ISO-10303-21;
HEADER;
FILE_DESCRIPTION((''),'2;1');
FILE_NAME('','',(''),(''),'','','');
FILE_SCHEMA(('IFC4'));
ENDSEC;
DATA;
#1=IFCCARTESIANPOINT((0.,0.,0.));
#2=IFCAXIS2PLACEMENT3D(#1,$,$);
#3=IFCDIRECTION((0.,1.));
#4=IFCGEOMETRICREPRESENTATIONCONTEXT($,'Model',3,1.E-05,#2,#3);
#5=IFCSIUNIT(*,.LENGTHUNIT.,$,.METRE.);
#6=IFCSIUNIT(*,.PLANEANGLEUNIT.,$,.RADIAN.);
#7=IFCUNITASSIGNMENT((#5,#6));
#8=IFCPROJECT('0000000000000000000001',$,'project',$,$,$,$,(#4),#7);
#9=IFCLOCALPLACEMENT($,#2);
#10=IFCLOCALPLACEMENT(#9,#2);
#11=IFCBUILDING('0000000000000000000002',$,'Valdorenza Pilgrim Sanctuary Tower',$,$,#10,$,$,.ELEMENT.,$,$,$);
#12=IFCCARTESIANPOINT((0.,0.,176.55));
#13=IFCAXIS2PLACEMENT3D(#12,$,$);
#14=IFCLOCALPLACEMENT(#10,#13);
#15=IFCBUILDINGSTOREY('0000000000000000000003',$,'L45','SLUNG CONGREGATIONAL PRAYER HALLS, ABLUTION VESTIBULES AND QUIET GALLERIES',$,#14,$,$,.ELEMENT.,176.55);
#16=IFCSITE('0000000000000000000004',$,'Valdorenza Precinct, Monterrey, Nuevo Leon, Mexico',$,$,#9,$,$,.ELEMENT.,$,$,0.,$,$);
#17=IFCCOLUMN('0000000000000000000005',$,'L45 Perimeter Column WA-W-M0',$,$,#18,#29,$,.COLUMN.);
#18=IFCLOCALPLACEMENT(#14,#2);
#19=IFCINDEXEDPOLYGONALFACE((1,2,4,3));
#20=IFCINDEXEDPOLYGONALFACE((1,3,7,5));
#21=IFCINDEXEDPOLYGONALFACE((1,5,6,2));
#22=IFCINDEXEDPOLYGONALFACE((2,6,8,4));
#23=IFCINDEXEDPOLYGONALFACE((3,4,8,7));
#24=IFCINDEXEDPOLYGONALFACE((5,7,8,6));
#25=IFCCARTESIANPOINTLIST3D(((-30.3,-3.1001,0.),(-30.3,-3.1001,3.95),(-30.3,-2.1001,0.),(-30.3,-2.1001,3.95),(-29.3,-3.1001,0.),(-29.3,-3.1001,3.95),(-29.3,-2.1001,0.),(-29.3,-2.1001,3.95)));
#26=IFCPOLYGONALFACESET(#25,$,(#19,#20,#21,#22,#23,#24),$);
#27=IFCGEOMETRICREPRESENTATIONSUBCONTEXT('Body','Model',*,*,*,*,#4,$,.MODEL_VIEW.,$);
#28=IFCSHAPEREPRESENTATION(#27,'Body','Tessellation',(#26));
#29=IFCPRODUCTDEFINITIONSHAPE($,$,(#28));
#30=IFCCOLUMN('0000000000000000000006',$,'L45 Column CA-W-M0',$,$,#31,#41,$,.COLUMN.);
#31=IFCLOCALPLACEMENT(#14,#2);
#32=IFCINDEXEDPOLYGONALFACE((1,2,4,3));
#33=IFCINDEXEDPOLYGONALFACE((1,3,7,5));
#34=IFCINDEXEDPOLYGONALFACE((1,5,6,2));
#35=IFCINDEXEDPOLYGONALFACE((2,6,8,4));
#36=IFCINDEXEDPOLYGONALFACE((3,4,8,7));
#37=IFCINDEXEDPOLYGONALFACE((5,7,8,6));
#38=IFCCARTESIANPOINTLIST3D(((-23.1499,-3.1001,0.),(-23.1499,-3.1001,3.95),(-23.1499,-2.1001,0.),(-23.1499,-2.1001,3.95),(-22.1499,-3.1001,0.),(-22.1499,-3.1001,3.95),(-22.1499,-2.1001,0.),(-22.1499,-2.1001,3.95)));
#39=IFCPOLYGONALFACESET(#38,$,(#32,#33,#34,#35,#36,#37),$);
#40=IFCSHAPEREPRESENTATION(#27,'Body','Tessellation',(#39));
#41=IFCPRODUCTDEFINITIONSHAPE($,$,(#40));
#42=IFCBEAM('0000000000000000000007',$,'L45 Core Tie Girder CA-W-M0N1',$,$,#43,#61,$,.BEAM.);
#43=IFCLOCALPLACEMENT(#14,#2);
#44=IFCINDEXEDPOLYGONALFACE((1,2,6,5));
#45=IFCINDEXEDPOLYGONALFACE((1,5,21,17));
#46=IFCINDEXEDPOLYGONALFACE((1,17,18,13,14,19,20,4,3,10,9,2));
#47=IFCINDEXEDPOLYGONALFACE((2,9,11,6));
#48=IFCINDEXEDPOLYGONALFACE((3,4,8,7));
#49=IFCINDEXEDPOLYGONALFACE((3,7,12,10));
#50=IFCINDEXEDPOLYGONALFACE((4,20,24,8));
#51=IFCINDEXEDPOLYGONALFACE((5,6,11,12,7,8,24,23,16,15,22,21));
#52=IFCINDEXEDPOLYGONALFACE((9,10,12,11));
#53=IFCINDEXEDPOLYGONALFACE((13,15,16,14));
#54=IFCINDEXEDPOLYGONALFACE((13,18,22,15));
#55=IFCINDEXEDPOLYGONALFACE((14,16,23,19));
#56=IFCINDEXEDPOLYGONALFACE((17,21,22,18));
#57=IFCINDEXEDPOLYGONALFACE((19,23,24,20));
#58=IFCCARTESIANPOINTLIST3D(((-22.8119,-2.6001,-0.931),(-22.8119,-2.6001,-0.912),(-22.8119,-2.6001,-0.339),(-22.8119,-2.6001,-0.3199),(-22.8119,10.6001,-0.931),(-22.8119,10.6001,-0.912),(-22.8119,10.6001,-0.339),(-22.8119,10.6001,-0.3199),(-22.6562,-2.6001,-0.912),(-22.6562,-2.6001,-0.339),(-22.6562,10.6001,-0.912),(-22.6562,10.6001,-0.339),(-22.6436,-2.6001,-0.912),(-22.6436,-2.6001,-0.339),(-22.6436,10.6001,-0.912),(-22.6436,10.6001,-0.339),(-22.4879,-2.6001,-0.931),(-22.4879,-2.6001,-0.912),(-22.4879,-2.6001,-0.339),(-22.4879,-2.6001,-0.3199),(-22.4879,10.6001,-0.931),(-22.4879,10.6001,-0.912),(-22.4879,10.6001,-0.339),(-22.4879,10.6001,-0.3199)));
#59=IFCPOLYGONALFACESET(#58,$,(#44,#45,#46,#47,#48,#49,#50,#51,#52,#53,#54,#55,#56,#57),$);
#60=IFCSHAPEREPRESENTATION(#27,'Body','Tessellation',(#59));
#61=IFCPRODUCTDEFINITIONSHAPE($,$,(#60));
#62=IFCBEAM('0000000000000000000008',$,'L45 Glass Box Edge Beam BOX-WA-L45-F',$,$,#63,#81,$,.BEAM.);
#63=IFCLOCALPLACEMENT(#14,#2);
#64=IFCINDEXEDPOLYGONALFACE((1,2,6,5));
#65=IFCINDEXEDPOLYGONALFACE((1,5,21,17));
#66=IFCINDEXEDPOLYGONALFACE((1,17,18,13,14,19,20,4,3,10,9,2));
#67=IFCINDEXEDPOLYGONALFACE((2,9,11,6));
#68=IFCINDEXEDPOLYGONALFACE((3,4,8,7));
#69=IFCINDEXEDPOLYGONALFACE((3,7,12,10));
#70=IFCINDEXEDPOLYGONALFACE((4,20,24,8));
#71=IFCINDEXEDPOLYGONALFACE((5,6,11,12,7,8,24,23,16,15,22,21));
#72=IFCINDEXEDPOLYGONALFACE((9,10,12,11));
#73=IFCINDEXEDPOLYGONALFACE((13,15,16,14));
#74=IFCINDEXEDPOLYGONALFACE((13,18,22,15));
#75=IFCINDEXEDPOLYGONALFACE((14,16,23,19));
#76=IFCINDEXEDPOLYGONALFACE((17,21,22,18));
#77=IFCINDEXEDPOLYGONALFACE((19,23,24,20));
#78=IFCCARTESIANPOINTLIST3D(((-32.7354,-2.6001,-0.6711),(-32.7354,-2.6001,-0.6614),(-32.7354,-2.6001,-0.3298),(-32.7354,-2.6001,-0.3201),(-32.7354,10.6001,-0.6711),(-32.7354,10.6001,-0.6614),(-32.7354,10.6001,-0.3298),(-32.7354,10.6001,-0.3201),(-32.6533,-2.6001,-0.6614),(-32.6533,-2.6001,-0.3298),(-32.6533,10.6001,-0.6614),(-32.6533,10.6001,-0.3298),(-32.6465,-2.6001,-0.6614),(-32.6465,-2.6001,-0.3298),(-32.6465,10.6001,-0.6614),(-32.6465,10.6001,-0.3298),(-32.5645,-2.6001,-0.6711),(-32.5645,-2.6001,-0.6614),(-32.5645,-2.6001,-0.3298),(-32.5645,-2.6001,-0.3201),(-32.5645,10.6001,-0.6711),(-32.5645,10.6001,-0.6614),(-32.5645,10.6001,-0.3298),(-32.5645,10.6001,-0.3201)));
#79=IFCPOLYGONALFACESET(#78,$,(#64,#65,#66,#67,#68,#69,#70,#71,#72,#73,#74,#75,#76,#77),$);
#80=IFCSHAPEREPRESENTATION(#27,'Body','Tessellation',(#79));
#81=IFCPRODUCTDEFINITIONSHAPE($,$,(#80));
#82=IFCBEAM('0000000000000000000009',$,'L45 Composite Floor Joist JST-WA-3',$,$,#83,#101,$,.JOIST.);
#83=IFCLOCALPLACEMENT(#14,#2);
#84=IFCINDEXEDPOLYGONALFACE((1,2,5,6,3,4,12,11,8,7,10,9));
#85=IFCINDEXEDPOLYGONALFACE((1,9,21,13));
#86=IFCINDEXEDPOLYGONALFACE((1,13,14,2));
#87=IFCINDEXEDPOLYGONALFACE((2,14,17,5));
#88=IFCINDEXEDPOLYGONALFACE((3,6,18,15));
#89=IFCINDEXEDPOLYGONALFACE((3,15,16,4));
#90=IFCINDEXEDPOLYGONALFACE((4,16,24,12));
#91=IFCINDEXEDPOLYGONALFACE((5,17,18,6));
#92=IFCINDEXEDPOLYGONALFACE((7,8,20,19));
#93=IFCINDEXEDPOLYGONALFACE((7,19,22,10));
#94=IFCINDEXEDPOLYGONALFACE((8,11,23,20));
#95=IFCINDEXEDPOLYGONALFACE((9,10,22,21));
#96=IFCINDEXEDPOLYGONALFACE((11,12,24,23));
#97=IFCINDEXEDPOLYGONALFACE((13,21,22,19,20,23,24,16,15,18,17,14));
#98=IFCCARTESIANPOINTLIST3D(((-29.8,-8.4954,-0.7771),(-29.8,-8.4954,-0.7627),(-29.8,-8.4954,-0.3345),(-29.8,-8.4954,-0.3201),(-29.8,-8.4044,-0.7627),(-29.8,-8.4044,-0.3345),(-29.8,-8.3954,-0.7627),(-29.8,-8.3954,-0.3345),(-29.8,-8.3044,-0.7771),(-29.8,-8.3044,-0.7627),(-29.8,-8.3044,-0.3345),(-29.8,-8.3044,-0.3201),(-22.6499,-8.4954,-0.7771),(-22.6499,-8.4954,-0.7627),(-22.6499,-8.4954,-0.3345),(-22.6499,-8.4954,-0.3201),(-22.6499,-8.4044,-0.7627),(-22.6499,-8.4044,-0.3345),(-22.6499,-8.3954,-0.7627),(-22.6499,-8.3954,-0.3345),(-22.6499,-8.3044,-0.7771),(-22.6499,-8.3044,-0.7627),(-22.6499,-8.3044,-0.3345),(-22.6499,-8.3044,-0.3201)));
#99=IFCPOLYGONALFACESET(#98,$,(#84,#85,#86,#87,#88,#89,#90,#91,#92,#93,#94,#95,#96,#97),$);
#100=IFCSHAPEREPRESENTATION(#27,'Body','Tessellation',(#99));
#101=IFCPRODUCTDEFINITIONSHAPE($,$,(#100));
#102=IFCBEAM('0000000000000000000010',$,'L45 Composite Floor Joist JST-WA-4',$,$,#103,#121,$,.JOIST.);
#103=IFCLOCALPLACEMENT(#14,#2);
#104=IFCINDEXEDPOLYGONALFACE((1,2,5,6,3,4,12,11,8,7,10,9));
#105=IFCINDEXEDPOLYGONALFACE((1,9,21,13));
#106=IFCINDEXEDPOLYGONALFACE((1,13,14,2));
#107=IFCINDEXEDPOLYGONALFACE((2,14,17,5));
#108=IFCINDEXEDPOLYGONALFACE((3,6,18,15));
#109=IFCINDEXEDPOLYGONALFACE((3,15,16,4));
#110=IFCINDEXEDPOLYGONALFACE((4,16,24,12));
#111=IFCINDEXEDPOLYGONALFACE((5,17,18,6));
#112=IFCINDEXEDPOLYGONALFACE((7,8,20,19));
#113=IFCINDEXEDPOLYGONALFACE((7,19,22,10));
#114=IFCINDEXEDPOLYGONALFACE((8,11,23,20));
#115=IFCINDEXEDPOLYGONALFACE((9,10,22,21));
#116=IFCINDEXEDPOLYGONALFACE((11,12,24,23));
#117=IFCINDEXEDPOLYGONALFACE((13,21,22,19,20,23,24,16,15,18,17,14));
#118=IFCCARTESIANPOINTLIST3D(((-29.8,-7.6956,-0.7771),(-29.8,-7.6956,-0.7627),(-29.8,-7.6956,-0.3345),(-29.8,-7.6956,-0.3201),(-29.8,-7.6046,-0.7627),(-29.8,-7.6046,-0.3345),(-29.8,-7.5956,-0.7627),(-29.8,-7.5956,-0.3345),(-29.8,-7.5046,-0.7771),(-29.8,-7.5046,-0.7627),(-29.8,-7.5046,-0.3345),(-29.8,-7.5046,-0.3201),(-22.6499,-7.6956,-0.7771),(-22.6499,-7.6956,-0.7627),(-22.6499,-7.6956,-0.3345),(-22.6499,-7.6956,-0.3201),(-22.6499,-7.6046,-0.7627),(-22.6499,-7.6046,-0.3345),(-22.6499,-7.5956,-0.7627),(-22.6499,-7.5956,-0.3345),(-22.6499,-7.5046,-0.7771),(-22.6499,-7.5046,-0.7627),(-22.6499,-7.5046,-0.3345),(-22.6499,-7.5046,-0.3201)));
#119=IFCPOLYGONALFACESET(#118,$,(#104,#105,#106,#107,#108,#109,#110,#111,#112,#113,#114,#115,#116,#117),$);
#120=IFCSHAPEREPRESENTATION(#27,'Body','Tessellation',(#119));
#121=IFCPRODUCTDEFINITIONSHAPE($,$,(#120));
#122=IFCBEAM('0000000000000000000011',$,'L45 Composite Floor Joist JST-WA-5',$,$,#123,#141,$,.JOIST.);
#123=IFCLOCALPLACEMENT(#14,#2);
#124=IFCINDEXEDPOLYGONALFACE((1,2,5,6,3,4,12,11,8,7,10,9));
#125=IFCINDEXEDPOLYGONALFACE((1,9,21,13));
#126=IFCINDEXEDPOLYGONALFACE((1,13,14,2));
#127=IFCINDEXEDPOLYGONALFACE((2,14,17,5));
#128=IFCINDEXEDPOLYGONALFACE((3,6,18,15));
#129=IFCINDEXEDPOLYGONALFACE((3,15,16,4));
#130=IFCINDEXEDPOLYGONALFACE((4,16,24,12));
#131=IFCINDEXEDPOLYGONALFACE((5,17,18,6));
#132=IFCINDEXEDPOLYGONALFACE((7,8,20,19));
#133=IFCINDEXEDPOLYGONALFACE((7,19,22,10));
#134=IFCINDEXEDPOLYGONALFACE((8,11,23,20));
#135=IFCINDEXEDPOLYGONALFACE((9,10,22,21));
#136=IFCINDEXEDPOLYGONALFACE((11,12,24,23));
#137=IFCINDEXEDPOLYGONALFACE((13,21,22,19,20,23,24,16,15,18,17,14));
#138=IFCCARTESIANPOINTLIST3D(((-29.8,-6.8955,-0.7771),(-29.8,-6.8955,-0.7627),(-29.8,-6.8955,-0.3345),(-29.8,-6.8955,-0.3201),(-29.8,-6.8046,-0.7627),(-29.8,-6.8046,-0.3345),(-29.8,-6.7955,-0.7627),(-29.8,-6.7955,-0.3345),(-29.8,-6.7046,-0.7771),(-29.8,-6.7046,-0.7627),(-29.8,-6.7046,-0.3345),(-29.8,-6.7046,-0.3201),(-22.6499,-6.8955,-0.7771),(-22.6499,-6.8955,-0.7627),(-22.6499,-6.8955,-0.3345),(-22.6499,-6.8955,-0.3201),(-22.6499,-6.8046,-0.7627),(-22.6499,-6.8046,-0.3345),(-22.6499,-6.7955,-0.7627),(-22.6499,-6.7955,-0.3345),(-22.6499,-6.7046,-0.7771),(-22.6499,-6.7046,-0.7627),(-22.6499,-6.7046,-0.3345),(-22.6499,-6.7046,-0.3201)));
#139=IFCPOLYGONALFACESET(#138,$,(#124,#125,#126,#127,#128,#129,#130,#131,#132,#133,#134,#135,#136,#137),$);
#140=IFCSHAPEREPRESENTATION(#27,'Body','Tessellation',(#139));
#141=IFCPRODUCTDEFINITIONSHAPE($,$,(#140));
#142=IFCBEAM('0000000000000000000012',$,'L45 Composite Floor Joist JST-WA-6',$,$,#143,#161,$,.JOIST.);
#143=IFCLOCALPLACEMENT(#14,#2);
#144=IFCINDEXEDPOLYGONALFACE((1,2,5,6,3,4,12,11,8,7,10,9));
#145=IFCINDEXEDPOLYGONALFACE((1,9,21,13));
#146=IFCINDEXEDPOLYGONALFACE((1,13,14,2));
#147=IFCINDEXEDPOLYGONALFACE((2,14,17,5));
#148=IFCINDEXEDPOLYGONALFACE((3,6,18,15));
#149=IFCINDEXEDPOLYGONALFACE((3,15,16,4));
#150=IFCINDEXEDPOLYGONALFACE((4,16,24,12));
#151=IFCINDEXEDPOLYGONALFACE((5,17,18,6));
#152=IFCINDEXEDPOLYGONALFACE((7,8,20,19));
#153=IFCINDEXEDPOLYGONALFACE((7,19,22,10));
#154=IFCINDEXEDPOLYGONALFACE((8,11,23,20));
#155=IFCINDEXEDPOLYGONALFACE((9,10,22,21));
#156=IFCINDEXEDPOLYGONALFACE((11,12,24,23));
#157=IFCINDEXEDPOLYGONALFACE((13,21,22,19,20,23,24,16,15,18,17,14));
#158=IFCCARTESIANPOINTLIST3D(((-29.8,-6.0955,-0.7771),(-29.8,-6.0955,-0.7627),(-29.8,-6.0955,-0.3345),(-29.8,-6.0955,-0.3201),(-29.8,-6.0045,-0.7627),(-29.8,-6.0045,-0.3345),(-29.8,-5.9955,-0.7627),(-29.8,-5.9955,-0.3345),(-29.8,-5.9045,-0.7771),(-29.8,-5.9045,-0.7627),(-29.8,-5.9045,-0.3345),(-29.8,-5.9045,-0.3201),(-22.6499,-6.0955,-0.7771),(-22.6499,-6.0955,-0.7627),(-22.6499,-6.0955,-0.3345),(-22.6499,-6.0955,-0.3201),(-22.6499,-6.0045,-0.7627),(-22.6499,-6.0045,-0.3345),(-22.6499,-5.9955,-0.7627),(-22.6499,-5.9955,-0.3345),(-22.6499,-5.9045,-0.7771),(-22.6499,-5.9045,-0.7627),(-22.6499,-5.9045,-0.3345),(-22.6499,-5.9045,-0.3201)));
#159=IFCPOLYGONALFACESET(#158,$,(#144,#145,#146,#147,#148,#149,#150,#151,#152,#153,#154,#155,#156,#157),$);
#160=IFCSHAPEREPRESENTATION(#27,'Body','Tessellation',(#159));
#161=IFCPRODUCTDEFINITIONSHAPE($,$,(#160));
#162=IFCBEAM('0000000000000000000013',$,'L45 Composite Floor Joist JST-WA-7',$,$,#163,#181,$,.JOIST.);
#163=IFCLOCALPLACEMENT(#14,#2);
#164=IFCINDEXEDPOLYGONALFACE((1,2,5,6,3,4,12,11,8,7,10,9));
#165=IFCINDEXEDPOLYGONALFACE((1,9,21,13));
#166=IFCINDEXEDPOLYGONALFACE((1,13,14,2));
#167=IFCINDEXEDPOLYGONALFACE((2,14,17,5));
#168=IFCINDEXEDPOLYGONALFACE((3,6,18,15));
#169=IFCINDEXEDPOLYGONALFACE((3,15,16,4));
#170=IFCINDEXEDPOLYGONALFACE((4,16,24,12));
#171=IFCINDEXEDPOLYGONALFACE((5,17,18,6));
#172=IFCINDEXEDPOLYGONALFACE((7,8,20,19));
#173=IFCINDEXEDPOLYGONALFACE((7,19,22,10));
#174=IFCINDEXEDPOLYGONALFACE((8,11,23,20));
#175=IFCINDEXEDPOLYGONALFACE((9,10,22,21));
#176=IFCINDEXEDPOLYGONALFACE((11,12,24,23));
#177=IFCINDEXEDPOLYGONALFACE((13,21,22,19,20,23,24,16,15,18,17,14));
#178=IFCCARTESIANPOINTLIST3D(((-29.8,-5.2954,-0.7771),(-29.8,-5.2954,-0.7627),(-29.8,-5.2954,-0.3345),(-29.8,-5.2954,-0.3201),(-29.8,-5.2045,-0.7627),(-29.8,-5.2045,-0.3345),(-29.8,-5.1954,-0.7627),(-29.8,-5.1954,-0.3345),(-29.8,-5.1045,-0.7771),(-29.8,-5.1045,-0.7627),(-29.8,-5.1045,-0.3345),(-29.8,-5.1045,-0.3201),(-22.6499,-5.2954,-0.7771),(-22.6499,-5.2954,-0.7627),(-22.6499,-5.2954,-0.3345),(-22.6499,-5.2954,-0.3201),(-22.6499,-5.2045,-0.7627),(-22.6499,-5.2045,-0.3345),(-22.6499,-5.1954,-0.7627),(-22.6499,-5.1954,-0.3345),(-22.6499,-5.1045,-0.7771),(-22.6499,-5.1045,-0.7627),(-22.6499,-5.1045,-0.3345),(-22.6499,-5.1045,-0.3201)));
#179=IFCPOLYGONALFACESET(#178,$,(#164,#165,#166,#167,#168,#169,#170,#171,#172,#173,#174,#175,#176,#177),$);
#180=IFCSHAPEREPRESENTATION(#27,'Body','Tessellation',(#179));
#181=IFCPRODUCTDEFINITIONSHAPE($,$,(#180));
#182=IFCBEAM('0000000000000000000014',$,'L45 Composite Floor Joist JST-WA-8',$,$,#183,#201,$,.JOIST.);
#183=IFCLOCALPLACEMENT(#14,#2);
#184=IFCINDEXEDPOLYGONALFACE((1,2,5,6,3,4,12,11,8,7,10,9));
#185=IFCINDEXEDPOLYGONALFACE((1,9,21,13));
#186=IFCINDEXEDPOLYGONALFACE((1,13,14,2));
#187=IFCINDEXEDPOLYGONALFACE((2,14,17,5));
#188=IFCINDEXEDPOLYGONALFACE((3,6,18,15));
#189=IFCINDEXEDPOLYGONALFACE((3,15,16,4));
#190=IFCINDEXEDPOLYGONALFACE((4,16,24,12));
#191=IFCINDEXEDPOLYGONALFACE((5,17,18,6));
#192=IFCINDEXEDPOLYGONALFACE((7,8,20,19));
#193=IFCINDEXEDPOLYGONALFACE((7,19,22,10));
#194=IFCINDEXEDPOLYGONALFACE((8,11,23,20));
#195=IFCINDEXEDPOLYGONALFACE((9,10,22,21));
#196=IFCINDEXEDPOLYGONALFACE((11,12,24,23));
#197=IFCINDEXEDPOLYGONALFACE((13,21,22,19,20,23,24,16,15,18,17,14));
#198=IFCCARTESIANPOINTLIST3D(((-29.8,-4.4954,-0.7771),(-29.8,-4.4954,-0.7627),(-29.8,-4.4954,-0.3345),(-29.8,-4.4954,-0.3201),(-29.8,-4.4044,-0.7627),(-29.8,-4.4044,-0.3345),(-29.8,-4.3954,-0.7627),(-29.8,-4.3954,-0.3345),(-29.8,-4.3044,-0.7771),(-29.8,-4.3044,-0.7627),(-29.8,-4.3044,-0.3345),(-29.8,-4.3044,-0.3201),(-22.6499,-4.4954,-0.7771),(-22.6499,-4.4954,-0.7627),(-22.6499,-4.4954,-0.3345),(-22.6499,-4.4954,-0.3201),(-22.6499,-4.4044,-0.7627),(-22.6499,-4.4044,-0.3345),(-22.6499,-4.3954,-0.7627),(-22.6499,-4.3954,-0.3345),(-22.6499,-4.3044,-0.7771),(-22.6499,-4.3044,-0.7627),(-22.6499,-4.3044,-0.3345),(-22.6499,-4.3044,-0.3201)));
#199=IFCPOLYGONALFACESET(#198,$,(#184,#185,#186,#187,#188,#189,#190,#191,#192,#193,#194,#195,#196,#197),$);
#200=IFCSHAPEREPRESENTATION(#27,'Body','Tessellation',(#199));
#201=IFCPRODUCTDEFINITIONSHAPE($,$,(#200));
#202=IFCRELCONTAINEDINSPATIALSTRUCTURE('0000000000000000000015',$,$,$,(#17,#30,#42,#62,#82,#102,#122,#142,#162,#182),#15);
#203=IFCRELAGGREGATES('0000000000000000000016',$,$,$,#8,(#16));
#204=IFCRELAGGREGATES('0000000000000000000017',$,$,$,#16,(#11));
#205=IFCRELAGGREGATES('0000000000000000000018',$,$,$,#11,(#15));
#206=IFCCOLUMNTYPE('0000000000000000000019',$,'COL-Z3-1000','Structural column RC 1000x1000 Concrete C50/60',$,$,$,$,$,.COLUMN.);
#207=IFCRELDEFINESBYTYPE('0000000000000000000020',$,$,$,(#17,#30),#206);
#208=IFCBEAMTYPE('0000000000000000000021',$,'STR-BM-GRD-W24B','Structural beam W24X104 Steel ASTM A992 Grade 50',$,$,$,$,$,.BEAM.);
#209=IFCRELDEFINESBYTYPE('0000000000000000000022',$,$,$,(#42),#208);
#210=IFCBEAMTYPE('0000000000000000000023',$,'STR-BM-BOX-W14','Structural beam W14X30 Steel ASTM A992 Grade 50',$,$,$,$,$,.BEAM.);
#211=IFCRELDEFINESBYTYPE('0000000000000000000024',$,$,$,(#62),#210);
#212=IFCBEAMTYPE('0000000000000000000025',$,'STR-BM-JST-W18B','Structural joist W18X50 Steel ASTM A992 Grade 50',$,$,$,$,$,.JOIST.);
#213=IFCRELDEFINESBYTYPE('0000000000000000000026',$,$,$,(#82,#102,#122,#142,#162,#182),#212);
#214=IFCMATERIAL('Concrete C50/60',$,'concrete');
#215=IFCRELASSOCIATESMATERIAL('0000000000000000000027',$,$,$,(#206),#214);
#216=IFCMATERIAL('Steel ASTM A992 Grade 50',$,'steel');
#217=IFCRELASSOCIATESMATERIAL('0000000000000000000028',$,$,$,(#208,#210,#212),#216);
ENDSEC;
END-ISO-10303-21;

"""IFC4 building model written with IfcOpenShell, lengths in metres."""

from ifc_helpers import new_model, si_unit, direction, frame, origin, origin_2d, place, context, subcontext, project, spatial, rectangle, i_section, extrude, source, transform, mapped, material, material_profile, profile_set, type_object, element, save


model = new_model("IFC4")

# Units and contexts
model_context = context("Model", 3, precision=1e-05, world=origin(), true_north=direction((0.0, 1.0)))
body_context = subcontext(model_context, "Body", "Model", "MODEL_VIEW")
ifc_project = project(units=[si_unit("LENGTHUNIT", "METRE"), si_unit("PLANEANGLEUNIT", "RADIAN")], contexts=[model_context])

# Site, building, storey
site_placement = place(None, origin())
site = spatial("IfcSite", under=ifc_project, at=site_placement, Name="Valdorenza Precinct, Monterrey, Nuevo Leon, Mexico", CompositionType="ELEMENT", RefElevation=0.0)
building_placement = place(site_placement, origin())
building = spatial("IfcBuilding", under=site, at=building_placement, Name="Valdorenza Pilgrim Sanctuary Tower", CompositionType="ELEMENT")
storey_placement = place(building_placement, frame((0.0, 0.0, 176.55)))
storey = spatial("IfcBuildingStorey", under=building, at=storey_placement, Name="L45", Description="SLUNG CONGREGATIONAL PRAYER HALLS, ABLUTION VESTIBULES AND QUIET GALLERIES", CompositionType="ELEMENT", Elevation=176.55)

# Columns
ifc_material_1 = material(Name="Concrete C50/60", Category="concrete")
ifc_material_profile_1 = material_profile(ifc_material_1, rectangle(XDim=1.0, YDim=1.0, at=origin_2d()), Name="RC 1000x1000")
ifc_profile_set_1 = profile_set([ifc_material_profile_1], Name="Concrete C50/60")
column_type = type_object("IfcColumnType", Name="COL-Z3-1000", Description="Structural column RC 1000x1000 Concrete C50/60", PredefinedType="COLUMN", material=ifc_profile_set_1)
shared_shape_1 = source(origin(), body_context, "Body", "SweptSolid", [
    extrude(rectangle(XDim=1.0, YDim=1.0, at=origin_2d()), origin(), (0.0, 0.0, 1.0), 3.95),
])
for number, where, z_axis, x_axis, name in (
    (1, (-29.8, -2.6001, 0.0), (0.0, 0.0, 1.0), (1.0, 0.0, 0.0), "L45 Perimeter Column WA-W-M0"),
    (2, (-22.6499, -2.6001, 0.0), (0.0, 0.0, 1.0), (1.0, 0.0, 0.0), "L45 Column CA-W-M0"),
):
    element("IfcColumn", number, at=place(storey_placement, frame(where, z_axis=z_axis, x_axis=x_axis)), inside=storey, type_object=column_type, Name=name, PredefinedType="COLUMN", context=body_context, shape_type="MappedRepresentation", body=[
        mapped(shared_shape_1, transform((0.0, 0.0, 0.0), x_axis=(1.0, 0.0, 0.0), y_axis=(0.0, 1.0, 0.0), z_axis=(0.0, 0.0, 1.0), scale=1.0)),
    ])

# Beams
ifc_material_2 = material(Name="Steel ASTM A992 Grade 50", Category="steel")
ifc_material_profile_2 = material_profile(ifc_material_2, i_section(OverallWidth=0.324, OverallDepth=0.6111, WebThickness=0.0127, FlangeThickness=0.019, at=origin_2d()), Name="W24X104")
ifc_profile_set_2 = profile_set([ifc_material_profile_2], Name="Steel ASTM A992 Grade 50")
beam_type_1 = type_object("IfcBeamType", Name="STR-BM-GRD-W24B", Description="Structural beam W24X104 Steel ASTM A992 Grade 50", PredefinedType="BEAM", material=ifc_profile_set_2)
shared_shape_2 = source(origin(), body_context, "Body", "SweptSolid", [
    extrude(i_section(OverallWidth=0.324, OverallDepth=0.6111, WebThickness=0.0127, FlangeThickness=0.019, at=origin_2d()), origin(), (0.0, 0.0, 1.0), 13.2002),
])
beam_1_placement = place(storey_placement, frame((-22.6499, -2.6001, -0.6255), z_axis=(0.0, 1.0, 0.0), x_axis=(-1.0, 0.0, 0.0)))
element("IfcBeam", 3, at=beam_1_placement, inside=storey, type_object=beam_type_1, Name="L45 Core Tie Girder CA-W-M0N1", PredefinedType="BEAM", context=body_context, shape_type="MappedRepresentation", body=[
    mapped(shared_shape_2, transform((0.0, 0.0, 0.0), x_axis=(1.0, 0.0, 0.0), y_axis=(0.0, 1.0, 0.0), z_axis=(0.0, 0.0, 1.0), scale=1.0)),
])
ifc_material_profile_3 = material_profile(ifc_material_2, i_section(OverallWidth=0.1709, OverallDepth=0.3511, WebThickness=0.0068, FlangeThickness=0.0098, at=origin_2d()), Name="W14X30")
ifc_profile_set_3 = profile_set([ifc_material_profile_3], Name="Steel ASTM A992 Grade 50")
beam_type_2 = type_object("IfcBeamType", Name="STR-BM-BOX-W14", Description="Structural beam W14X30 Steel ASTM A992 Grade 50", PredefinedType="BEAM", material=ifc_profile_set_3)
shared_shape_3 = source(origin(), body_context, "Body", "SweptSolid", [
    extrude(i_section(OverallWidth=0.1709, OverallDepth=0.3511, WebThickness=0.0068, FlangeThickness=0.0098, at=origin_2d()), origin(), (0.0, 0.0, 1.0), 13.2002),
])
beam_2_placement = place(storey_placement, frame((-32.6499, -2.6001, -0.4956), z_axis=(0.0, 1.0, 0.0), x_axis=(-1.0, 0.0, 0.0)))
element("IfcBeam", 4, at=beam_2_placement, inside=storey, type_object=beam_type_2, Name="L45 Glass Box Edge Beam BOX-WA-L45-F", PredefinedType="BEAM", context=body_context, shape_type="MappedRepresentation", body=[
    mapped(shared_shape_3, transform((0.0, 0.0, 0.0), x_axis=(1.0, 0.0, 0.0), y_axis=(0.0, 1.0, 0.0), z_axis=(0.0, 0.0, 1.0), scale=1.0)),
])
ifc_material_profile_4 = material_profile(ifc_material_2, i_section(OverallWidth=0.1909, OverallDepth=0.457, WebThickness=0.009, FlangeThickness=0.0144, at=origin_2d()), Name="W18X50")
ifc_profile_set_4 = profile_set([ifc_material_profile_4], Name="Steel ASTM A992 Grade 50")
beam_type_3 = type_object("IfcBeamType", Name="STR-BM-JST-W18B", Description="Structural joist W18X50 Steel ASTM A992 Grade 50", PredefinedType="JOIST", material=ifc_profile_set_4)
shared_shape_4 = source(origin(), body_context, "Body", "SweptSolid", [
    extrude(i_section(OverallWidth=0.1909, OverallDepth=0.457, WebThickness=0.009, FlangeThickness=0.0144, at=origin_2d()), origin(), (0.0, 0.0, 1.0), 7.1501),
])
for number, where, z_axis, x_axis, name in (
    (5, (-29.8, -8.3999, -0.5486), (1.0, 0.0, 0.0), (0.0, 1.0, 0.0), "L45 Composite Floor Joist JST-WA-3"),
    (6, (-29.8, -7.6001, -0.5486), (1.0, 0.0, 0.0), (0.0, 1.0, 0.0), "L45 Composite Floor Joist JST-WA-4"),
    (7, (-29.8, -6.8, -0.5486), (1.0, 0.0, 0.0), (0.0, 1.0, 0.0), "L45 Composite Floor Joist JST-WA-5"),
    (8, (-29.8, -6.0, -0.5486), (1.0, 0.0, 0.0), (0.0, 1.0, 0.0), "L45 Composite Floor Joist JST-WA-6"),
    (9, (-29.8, -5.2, -0.5486), (1.0, 0.0, 0.0), (0.0, 1.0, 0.0), "L45 Composite Floor Joist JST-WA-7"),
    (10, (-29.8, -4.3999, -0.5486), (1.0, 0.0, 0.0), (0.0, 1.0, 0.0), "L45 Composite Floor Joist JST-WA-8"),
):
    element("IfcBeam", number, at=place(storey_placement, frame(where, z_axis=z_axis, x_axis=x_axis)), inside=storey, type_object=beam_type_3, Name=name, PredefinedType="JOIST", context=body_context, shape_type="MappedRepresentation", body=[
        mapped(shared_shape_4, transform((0.0, 0.0, 0.0), x_axis=(1.0, 0.0, 0.0), y_axis=(0.0, 1.0, 0.0), z_axis=(0.0, 0.0, 1.0), scale=1.0)),
    ])

save(model, "model.ifc")
